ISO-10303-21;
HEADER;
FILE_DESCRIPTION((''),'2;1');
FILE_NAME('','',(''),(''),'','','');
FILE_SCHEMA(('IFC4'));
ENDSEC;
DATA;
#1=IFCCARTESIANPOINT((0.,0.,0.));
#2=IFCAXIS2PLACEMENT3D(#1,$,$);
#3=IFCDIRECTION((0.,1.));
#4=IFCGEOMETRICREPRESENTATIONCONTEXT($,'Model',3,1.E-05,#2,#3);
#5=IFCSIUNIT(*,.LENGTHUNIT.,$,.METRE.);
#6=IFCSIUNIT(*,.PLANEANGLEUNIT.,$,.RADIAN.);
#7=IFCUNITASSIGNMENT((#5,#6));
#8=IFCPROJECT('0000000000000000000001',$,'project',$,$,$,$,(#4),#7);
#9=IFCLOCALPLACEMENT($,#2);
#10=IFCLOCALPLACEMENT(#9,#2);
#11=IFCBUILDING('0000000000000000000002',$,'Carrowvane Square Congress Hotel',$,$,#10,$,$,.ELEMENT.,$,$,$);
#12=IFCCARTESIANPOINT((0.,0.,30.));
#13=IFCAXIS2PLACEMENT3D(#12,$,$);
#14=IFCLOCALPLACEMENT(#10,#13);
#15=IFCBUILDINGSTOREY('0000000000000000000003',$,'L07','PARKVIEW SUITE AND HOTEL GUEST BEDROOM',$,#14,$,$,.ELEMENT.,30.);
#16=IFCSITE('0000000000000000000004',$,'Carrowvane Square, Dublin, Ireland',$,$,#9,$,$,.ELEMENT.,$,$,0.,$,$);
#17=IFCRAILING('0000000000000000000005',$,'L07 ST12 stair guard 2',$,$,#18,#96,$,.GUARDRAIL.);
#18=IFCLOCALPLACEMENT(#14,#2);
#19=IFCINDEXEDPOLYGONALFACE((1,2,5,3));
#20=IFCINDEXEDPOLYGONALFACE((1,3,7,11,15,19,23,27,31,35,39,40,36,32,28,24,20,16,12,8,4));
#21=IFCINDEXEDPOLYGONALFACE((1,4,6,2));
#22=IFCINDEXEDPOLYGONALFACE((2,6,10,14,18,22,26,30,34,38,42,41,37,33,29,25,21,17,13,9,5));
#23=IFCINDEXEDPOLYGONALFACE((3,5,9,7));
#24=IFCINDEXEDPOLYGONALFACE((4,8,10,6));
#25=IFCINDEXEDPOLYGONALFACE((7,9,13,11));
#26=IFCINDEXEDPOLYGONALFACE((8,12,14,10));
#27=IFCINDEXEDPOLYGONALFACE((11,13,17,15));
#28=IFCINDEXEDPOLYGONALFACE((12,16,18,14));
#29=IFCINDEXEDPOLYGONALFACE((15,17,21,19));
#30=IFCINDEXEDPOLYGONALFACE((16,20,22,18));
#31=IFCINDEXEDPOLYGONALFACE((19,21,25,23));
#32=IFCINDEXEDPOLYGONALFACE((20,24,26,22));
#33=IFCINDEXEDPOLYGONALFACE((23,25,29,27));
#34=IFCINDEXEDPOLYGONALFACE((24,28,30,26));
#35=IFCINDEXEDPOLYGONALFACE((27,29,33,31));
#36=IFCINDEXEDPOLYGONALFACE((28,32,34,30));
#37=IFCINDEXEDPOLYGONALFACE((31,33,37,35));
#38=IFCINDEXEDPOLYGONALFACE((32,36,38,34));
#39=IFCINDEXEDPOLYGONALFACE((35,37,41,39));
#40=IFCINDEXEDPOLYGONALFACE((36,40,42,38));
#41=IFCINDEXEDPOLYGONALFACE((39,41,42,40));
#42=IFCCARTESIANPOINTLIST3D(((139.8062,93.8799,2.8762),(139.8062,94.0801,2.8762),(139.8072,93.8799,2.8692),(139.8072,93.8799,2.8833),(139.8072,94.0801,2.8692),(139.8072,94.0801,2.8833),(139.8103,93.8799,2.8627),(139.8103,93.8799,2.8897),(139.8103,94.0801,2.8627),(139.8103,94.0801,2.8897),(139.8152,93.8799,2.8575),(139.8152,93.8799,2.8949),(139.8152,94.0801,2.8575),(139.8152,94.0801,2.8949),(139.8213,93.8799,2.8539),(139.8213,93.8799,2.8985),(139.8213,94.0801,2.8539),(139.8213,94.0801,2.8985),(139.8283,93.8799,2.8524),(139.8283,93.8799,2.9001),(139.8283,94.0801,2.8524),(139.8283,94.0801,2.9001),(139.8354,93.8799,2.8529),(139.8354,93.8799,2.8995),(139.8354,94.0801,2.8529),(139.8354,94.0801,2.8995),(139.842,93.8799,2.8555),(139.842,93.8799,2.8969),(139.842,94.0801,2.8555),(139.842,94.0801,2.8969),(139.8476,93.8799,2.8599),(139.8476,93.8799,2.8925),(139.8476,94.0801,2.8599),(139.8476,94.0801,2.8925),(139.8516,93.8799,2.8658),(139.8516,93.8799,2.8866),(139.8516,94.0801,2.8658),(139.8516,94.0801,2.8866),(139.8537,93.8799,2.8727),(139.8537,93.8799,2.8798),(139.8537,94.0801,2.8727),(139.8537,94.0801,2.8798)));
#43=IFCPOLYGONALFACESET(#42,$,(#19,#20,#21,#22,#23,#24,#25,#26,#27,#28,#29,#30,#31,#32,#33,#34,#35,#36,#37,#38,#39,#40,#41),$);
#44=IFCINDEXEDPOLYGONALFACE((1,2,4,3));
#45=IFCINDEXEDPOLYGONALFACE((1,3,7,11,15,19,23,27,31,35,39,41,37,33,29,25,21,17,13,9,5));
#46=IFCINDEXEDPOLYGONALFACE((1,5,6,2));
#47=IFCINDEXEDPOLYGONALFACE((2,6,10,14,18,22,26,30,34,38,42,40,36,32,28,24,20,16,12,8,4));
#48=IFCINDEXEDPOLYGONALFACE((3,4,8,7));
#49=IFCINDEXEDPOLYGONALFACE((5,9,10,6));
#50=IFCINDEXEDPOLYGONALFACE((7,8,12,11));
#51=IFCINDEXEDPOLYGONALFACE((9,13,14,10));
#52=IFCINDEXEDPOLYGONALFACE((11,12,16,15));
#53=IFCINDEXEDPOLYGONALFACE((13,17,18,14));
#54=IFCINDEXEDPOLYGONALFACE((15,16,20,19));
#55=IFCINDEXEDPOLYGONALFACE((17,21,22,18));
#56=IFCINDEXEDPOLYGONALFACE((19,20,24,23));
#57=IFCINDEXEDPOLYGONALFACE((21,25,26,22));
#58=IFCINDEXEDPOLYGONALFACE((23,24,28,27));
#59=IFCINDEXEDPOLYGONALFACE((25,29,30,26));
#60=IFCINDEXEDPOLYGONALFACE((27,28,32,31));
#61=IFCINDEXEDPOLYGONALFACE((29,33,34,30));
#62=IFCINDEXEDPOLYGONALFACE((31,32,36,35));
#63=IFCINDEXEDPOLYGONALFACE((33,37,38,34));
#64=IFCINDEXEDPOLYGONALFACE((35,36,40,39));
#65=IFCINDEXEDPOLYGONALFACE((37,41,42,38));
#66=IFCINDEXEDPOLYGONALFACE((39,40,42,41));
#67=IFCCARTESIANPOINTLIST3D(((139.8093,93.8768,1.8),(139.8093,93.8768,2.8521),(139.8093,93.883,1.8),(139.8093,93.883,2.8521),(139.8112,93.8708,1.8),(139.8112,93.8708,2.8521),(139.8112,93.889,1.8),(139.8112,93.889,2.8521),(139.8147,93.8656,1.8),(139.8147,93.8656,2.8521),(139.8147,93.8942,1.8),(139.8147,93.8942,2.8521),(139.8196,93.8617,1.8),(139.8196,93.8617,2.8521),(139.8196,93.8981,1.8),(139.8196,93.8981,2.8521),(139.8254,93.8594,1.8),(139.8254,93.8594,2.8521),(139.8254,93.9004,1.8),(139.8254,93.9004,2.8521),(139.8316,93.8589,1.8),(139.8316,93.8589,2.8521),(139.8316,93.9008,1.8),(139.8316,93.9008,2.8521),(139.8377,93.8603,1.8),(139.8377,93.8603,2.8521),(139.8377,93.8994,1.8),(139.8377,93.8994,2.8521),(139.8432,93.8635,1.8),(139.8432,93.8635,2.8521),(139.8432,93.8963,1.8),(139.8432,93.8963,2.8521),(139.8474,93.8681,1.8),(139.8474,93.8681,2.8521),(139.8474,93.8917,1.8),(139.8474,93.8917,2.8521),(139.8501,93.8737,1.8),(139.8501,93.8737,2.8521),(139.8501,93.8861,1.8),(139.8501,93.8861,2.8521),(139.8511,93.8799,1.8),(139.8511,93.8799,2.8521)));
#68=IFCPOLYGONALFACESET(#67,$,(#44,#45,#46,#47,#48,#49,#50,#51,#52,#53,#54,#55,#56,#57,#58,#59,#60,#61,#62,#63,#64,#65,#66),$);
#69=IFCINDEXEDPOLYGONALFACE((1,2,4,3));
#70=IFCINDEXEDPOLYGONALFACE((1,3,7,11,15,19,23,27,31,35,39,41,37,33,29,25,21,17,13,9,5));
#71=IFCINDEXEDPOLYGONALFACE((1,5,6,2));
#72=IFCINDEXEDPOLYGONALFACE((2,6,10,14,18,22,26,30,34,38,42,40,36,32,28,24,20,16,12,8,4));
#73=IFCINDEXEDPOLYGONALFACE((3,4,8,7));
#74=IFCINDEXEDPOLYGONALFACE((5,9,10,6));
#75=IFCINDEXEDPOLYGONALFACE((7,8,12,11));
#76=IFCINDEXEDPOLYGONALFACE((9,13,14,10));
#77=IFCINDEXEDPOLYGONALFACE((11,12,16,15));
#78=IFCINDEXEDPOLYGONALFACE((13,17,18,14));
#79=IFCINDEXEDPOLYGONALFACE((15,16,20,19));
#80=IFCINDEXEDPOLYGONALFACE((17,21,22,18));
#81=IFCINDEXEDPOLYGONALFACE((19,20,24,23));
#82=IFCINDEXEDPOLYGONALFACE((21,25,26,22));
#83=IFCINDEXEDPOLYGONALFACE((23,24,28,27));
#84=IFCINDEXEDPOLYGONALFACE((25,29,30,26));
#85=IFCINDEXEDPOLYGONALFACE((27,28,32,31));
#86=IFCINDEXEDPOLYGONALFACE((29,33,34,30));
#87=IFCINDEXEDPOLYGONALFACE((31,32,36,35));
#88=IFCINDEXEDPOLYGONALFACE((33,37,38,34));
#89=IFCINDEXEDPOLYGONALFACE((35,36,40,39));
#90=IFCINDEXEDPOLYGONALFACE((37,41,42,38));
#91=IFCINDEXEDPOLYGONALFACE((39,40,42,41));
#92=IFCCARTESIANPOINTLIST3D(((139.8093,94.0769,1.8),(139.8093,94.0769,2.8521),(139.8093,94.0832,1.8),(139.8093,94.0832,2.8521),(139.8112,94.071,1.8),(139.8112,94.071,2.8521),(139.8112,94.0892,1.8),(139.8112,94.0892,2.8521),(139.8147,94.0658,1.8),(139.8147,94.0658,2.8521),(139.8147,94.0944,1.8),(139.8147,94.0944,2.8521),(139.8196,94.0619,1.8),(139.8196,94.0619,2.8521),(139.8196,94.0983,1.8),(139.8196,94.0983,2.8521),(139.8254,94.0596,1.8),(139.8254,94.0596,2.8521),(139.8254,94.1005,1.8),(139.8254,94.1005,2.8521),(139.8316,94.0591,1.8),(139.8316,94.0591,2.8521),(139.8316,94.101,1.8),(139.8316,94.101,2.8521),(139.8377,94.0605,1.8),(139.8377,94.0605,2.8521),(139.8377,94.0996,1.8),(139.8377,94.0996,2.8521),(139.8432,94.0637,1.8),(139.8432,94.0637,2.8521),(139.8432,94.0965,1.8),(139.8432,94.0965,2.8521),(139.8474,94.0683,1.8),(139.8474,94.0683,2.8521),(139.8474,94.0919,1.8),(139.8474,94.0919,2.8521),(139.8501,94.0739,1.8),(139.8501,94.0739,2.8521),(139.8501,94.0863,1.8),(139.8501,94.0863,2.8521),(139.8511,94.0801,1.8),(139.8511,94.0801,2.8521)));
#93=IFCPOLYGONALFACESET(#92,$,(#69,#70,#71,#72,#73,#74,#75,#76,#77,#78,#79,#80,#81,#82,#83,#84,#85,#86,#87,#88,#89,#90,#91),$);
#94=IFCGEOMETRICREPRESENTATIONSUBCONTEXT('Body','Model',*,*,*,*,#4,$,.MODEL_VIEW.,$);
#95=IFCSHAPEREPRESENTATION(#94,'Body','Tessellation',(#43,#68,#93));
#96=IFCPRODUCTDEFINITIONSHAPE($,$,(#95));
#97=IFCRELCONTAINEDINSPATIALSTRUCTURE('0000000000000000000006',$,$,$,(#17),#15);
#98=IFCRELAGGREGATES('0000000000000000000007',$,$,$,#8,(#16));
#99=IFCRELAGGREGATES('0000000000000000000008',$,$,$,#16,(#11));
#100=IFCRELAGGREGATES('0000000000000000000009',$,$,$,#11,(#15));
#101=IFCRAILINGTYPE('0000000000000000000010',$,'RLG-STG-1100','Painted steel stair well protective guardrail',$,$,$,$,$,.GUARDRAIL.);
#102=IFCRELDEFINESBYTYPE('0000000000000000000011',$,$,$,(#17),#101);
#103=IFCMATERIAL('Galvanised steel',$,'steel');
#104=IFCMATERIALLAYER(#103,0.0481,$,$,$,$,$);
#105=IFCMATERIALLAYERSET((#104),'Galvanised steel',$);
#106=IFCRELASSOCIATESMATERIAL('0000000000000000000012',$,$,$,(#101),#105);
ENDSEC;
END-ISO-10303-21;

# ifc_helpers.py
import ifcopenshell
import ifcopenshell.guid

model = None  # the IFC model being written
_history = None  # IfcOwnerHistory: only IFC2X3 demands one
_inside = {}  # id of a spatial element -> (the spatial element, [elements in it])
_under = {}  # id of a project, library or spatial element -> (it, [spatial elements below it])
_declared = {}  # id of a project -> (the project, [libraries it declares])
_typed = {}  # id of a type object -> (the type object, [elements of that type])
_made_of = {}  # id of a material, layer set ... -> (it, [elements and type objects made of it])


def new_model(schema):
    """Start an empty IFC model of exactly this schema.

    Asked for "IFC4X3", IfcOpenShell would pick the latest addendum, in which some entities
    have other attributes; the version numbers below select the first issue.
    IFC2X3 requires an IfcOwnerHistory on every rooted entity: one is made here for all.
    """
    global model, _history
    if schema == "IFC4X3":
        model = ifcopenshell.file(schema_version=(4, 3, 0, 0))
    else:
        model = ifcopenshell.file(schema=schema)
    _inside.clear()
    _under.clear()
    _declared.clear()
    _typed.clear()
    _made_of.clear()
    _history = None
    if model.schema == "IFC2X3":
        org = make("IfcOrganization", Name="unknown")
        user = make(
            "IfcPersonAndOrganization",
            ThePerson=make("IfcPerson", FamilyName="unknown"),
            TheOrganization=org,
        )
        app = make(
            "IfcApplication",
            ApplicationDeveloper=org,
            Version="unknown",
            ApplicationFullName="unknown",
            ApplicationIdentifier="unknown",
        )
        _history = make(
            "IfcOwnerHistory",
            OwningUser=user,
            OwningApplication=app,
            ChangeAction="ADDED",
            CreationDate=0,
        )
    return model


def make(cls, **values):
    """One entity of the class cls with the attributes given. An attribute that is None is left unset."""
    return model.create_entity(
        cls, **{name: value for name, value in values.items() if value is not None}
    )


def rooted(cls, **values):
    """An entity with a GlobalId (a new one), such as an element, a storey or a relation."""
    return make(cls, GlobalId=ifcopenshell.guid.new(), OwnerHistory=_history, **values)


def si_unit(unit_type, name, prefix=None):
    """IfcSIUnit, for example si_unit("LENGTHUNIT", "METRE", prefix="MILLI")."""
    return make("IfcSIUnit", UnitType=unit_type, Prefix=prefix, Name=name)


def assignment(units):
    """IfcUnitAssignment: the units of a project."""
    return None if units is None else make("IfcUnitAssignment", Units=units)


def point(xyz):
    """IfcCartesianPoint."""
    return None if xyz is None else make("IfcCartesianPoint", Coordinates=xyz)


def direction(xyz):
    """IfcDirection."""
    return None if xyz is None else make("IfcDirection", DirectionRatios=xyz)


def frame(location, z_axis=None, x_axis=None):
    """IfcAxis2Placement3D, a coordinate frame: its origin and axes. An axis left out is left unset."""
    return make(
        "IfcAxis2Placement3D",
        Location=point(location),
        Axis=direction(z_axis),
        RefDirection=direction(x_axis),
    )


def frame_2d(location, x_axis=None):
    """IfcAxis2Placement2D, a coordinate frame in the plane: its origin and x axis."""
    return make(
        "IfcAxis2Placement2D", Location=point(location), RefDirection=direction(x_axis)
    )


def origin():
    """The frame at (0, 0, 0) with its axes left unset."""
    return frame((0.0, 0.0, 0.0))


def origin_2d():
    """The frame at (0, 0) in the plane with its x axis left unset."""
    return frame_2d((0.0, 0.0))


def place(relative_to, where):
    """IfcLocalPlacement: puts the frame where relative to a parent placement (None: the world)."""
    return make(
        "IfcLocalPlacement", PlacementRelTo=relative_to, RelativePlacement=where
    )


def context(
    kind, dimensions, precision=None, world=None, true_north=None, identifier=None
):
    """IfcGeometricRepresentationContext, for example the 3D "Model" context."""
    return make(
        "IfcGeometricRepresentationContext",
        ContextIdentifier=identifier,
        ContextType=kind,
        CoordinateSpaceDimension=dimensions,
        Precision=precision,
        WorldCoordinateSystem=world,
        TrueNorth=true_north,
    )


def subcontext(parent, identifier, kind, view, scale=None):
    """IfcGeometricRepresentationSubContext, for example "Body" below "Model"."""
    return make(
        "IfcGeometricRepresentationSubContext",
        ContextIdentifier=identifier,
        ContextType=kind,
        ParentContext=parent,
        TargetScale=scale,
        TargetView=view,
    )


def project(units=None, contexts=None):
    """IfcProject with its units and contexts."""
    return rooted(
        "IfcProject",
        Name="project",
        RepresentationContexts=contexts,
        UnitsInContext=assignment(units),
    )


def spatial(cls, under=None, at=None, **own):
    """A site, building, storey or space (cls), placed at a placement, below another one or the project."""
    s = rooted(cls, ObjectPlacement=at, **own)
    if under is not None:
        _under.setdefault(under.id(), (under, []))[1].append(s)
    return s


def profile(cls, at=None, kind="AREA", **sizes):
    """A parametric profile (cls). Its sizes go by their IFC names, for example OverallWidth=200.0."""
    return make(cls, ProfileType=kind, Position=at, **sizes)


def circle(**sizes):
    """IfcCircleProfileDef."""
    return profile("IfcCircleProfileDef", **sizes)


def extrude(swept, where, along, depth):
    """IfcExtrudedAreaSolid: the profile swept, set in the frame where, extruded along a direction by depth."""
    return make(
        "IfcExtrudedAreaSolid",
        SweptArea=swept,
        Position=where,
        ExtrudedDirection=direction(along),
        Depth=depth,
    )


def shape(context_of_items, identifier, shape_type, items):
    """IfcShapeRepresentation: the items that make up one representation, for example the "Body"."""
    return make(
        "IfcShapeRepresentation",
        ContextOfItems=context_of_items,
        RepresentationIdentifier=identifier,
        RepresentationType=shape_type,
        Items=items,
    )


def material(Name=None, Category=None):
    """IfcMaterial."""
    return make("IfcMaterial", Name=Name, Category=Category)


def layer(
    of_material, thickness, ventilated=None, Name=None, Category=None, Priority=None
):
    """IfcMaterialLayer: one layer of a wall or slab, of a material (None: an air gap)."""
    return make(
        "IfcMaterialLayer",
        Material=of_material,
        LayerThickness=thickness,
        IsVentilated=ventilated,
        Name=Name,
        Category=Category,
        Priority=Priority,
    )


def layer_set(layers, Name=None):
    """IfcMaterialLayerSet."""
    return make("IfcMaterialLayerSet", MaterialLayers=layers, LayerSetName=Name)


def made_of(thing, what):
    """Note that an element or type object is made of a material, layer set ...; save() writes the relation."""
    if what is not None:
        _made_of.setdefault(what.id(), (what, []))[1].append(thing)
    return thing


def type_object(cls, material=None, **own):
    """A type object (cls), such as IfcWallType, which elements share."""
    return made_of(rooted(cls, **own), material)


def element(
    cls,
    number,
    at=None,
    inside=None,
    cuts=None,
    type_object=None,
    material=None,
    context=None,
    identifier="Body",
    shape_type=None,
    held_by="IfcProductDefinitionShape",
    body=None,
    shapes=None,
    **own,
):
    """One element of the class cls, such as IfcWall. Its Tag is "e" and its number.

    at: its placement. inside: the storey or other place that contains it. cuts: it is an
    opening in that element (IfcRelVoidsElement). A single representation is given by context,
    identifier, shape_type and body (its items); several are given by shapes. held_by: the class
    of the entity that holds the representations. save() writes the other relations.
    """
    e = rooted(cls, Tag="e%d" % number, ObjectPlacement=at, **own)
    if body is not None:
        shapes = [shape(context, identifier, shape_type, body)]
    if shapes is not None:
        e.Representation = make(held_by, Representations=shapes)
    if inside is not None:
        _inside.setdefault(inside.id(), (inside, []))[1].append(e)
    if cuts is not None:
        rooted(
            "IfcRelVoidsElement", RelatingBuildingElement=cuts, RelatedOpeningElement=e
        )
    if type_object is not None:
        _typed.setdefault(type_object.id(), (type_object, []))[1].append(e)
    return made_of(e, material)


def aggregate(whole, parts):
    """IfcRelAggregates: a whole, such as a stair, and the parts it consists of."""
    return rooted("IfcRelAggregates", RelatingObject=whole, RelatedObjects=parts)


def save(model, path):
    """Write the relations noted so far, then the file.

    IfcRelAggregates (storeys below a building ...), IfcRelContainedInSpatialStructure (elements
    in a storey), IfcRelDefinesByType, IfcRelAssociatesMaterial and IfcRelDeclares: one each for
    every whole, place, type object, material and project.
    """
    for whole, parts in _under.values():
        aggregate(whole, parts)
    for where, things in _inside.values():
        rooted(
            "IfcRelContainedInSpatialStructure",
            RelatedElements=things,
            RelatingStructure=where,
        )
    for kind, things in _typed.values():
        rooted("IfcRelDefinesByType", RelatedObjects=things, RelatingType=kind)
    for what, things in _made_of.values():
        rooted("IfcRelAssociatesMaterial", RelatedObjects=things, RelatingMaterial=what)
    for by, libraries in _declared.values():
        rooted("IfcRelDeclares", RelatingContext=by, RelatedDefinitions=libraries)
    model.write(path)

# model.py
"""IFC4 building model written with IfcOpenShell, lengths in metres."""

from ifc_helpers import new_model, si_unit, direction, frame, origin, origin_2d, place, context, subcontext, project, spatial, circle, extrude, material, layer, layer_set, type_object, element, save


model = new_model("IFC4")

# Units and contexts
model_context = context("Model", 3, precision=1e-05, world=origin(), true_north=direction((0.0, 1.0)))
body_context = subcontext(model_context, "Body", "Model", "MODEL_VIEW")
ifc_project = project(units=[si_unit("LENGTHUNIT", "METRE"), si_unit("PLANEANGLEUNIT", "RADIAN")], contexts=[model_context])

# Site, building, storey
site_placement = place(None, origin())
site = spatial("IfcSite", under=ifc_project, at=site_placement, Name="Carrowvane Square, Dublin, Ireland", CompositionType="ELEMENT", RefElevation=0.0)
building_placement = place(site_placement, origin())
building = spatial("IfcBuilding", under=site, at=building_placement, Name="Carrowvane Square Congress Hotel", CompositionType="ELEMENT")
storey_placement = place(building_placement, frame((0.0, 0.0, 30.0)))
storey = spatial("IfcBuildingStorey", under=building, at=storey_placement, Name="L07", Description="PARKVIEW SUITE AND HOTEL GUEST BEDROOM", CompositionType="ELEMENT", Elevation=30.0)

# Railing
ifc_material_1 = material(Name="Galvanised steel", Category="steel")
ifc_layer_1 = layer(ifc_material_1, 0.0481)
ifc_layer_set_1 = layer_set([ifc_layer_1], Name="Galvanised steel")
railing_type_1 = type_object("IfcRailingType", Name="RLG-STG-1100", Description="Painted steel stair well protective guardrail", PredefinedType="GUARDRAIL", material=ifc_layer_set_1)
railing_1_placement = place(storey_placement, frame((139.8301, 93.8799, 1.8)))
element("IfcRailing", 1, at=railing_1_placement, inside=storey, type_object=railing_type_1, Name="L07 ST12 stair guard 2", PredefinedType="GUARDRAIL", context=body_context, shape_type="SweptSolid", body=[
    extrude(circle(Radius=0.0239, at=origin_2d()), frame((0.0, 0.0, 1.0762), z_axis=(0.0, 1.0, 0.0), x_axis=(-1.0, 0.0, 0.0)), (0.0, 0.0, 1.0), 0.2002),
    extrude(circle(Radius=0.021, at=origin_2d()), origin(), (0.0, 0.0, 1.0), 1.052),
    extrude(circle(Radius=0.021, at=origin_2d()), frame((0.0, 0.2002, 0.0)), (0.0, 0.0, 1.0), 1.052),
])

save(model, "model.ifc")
